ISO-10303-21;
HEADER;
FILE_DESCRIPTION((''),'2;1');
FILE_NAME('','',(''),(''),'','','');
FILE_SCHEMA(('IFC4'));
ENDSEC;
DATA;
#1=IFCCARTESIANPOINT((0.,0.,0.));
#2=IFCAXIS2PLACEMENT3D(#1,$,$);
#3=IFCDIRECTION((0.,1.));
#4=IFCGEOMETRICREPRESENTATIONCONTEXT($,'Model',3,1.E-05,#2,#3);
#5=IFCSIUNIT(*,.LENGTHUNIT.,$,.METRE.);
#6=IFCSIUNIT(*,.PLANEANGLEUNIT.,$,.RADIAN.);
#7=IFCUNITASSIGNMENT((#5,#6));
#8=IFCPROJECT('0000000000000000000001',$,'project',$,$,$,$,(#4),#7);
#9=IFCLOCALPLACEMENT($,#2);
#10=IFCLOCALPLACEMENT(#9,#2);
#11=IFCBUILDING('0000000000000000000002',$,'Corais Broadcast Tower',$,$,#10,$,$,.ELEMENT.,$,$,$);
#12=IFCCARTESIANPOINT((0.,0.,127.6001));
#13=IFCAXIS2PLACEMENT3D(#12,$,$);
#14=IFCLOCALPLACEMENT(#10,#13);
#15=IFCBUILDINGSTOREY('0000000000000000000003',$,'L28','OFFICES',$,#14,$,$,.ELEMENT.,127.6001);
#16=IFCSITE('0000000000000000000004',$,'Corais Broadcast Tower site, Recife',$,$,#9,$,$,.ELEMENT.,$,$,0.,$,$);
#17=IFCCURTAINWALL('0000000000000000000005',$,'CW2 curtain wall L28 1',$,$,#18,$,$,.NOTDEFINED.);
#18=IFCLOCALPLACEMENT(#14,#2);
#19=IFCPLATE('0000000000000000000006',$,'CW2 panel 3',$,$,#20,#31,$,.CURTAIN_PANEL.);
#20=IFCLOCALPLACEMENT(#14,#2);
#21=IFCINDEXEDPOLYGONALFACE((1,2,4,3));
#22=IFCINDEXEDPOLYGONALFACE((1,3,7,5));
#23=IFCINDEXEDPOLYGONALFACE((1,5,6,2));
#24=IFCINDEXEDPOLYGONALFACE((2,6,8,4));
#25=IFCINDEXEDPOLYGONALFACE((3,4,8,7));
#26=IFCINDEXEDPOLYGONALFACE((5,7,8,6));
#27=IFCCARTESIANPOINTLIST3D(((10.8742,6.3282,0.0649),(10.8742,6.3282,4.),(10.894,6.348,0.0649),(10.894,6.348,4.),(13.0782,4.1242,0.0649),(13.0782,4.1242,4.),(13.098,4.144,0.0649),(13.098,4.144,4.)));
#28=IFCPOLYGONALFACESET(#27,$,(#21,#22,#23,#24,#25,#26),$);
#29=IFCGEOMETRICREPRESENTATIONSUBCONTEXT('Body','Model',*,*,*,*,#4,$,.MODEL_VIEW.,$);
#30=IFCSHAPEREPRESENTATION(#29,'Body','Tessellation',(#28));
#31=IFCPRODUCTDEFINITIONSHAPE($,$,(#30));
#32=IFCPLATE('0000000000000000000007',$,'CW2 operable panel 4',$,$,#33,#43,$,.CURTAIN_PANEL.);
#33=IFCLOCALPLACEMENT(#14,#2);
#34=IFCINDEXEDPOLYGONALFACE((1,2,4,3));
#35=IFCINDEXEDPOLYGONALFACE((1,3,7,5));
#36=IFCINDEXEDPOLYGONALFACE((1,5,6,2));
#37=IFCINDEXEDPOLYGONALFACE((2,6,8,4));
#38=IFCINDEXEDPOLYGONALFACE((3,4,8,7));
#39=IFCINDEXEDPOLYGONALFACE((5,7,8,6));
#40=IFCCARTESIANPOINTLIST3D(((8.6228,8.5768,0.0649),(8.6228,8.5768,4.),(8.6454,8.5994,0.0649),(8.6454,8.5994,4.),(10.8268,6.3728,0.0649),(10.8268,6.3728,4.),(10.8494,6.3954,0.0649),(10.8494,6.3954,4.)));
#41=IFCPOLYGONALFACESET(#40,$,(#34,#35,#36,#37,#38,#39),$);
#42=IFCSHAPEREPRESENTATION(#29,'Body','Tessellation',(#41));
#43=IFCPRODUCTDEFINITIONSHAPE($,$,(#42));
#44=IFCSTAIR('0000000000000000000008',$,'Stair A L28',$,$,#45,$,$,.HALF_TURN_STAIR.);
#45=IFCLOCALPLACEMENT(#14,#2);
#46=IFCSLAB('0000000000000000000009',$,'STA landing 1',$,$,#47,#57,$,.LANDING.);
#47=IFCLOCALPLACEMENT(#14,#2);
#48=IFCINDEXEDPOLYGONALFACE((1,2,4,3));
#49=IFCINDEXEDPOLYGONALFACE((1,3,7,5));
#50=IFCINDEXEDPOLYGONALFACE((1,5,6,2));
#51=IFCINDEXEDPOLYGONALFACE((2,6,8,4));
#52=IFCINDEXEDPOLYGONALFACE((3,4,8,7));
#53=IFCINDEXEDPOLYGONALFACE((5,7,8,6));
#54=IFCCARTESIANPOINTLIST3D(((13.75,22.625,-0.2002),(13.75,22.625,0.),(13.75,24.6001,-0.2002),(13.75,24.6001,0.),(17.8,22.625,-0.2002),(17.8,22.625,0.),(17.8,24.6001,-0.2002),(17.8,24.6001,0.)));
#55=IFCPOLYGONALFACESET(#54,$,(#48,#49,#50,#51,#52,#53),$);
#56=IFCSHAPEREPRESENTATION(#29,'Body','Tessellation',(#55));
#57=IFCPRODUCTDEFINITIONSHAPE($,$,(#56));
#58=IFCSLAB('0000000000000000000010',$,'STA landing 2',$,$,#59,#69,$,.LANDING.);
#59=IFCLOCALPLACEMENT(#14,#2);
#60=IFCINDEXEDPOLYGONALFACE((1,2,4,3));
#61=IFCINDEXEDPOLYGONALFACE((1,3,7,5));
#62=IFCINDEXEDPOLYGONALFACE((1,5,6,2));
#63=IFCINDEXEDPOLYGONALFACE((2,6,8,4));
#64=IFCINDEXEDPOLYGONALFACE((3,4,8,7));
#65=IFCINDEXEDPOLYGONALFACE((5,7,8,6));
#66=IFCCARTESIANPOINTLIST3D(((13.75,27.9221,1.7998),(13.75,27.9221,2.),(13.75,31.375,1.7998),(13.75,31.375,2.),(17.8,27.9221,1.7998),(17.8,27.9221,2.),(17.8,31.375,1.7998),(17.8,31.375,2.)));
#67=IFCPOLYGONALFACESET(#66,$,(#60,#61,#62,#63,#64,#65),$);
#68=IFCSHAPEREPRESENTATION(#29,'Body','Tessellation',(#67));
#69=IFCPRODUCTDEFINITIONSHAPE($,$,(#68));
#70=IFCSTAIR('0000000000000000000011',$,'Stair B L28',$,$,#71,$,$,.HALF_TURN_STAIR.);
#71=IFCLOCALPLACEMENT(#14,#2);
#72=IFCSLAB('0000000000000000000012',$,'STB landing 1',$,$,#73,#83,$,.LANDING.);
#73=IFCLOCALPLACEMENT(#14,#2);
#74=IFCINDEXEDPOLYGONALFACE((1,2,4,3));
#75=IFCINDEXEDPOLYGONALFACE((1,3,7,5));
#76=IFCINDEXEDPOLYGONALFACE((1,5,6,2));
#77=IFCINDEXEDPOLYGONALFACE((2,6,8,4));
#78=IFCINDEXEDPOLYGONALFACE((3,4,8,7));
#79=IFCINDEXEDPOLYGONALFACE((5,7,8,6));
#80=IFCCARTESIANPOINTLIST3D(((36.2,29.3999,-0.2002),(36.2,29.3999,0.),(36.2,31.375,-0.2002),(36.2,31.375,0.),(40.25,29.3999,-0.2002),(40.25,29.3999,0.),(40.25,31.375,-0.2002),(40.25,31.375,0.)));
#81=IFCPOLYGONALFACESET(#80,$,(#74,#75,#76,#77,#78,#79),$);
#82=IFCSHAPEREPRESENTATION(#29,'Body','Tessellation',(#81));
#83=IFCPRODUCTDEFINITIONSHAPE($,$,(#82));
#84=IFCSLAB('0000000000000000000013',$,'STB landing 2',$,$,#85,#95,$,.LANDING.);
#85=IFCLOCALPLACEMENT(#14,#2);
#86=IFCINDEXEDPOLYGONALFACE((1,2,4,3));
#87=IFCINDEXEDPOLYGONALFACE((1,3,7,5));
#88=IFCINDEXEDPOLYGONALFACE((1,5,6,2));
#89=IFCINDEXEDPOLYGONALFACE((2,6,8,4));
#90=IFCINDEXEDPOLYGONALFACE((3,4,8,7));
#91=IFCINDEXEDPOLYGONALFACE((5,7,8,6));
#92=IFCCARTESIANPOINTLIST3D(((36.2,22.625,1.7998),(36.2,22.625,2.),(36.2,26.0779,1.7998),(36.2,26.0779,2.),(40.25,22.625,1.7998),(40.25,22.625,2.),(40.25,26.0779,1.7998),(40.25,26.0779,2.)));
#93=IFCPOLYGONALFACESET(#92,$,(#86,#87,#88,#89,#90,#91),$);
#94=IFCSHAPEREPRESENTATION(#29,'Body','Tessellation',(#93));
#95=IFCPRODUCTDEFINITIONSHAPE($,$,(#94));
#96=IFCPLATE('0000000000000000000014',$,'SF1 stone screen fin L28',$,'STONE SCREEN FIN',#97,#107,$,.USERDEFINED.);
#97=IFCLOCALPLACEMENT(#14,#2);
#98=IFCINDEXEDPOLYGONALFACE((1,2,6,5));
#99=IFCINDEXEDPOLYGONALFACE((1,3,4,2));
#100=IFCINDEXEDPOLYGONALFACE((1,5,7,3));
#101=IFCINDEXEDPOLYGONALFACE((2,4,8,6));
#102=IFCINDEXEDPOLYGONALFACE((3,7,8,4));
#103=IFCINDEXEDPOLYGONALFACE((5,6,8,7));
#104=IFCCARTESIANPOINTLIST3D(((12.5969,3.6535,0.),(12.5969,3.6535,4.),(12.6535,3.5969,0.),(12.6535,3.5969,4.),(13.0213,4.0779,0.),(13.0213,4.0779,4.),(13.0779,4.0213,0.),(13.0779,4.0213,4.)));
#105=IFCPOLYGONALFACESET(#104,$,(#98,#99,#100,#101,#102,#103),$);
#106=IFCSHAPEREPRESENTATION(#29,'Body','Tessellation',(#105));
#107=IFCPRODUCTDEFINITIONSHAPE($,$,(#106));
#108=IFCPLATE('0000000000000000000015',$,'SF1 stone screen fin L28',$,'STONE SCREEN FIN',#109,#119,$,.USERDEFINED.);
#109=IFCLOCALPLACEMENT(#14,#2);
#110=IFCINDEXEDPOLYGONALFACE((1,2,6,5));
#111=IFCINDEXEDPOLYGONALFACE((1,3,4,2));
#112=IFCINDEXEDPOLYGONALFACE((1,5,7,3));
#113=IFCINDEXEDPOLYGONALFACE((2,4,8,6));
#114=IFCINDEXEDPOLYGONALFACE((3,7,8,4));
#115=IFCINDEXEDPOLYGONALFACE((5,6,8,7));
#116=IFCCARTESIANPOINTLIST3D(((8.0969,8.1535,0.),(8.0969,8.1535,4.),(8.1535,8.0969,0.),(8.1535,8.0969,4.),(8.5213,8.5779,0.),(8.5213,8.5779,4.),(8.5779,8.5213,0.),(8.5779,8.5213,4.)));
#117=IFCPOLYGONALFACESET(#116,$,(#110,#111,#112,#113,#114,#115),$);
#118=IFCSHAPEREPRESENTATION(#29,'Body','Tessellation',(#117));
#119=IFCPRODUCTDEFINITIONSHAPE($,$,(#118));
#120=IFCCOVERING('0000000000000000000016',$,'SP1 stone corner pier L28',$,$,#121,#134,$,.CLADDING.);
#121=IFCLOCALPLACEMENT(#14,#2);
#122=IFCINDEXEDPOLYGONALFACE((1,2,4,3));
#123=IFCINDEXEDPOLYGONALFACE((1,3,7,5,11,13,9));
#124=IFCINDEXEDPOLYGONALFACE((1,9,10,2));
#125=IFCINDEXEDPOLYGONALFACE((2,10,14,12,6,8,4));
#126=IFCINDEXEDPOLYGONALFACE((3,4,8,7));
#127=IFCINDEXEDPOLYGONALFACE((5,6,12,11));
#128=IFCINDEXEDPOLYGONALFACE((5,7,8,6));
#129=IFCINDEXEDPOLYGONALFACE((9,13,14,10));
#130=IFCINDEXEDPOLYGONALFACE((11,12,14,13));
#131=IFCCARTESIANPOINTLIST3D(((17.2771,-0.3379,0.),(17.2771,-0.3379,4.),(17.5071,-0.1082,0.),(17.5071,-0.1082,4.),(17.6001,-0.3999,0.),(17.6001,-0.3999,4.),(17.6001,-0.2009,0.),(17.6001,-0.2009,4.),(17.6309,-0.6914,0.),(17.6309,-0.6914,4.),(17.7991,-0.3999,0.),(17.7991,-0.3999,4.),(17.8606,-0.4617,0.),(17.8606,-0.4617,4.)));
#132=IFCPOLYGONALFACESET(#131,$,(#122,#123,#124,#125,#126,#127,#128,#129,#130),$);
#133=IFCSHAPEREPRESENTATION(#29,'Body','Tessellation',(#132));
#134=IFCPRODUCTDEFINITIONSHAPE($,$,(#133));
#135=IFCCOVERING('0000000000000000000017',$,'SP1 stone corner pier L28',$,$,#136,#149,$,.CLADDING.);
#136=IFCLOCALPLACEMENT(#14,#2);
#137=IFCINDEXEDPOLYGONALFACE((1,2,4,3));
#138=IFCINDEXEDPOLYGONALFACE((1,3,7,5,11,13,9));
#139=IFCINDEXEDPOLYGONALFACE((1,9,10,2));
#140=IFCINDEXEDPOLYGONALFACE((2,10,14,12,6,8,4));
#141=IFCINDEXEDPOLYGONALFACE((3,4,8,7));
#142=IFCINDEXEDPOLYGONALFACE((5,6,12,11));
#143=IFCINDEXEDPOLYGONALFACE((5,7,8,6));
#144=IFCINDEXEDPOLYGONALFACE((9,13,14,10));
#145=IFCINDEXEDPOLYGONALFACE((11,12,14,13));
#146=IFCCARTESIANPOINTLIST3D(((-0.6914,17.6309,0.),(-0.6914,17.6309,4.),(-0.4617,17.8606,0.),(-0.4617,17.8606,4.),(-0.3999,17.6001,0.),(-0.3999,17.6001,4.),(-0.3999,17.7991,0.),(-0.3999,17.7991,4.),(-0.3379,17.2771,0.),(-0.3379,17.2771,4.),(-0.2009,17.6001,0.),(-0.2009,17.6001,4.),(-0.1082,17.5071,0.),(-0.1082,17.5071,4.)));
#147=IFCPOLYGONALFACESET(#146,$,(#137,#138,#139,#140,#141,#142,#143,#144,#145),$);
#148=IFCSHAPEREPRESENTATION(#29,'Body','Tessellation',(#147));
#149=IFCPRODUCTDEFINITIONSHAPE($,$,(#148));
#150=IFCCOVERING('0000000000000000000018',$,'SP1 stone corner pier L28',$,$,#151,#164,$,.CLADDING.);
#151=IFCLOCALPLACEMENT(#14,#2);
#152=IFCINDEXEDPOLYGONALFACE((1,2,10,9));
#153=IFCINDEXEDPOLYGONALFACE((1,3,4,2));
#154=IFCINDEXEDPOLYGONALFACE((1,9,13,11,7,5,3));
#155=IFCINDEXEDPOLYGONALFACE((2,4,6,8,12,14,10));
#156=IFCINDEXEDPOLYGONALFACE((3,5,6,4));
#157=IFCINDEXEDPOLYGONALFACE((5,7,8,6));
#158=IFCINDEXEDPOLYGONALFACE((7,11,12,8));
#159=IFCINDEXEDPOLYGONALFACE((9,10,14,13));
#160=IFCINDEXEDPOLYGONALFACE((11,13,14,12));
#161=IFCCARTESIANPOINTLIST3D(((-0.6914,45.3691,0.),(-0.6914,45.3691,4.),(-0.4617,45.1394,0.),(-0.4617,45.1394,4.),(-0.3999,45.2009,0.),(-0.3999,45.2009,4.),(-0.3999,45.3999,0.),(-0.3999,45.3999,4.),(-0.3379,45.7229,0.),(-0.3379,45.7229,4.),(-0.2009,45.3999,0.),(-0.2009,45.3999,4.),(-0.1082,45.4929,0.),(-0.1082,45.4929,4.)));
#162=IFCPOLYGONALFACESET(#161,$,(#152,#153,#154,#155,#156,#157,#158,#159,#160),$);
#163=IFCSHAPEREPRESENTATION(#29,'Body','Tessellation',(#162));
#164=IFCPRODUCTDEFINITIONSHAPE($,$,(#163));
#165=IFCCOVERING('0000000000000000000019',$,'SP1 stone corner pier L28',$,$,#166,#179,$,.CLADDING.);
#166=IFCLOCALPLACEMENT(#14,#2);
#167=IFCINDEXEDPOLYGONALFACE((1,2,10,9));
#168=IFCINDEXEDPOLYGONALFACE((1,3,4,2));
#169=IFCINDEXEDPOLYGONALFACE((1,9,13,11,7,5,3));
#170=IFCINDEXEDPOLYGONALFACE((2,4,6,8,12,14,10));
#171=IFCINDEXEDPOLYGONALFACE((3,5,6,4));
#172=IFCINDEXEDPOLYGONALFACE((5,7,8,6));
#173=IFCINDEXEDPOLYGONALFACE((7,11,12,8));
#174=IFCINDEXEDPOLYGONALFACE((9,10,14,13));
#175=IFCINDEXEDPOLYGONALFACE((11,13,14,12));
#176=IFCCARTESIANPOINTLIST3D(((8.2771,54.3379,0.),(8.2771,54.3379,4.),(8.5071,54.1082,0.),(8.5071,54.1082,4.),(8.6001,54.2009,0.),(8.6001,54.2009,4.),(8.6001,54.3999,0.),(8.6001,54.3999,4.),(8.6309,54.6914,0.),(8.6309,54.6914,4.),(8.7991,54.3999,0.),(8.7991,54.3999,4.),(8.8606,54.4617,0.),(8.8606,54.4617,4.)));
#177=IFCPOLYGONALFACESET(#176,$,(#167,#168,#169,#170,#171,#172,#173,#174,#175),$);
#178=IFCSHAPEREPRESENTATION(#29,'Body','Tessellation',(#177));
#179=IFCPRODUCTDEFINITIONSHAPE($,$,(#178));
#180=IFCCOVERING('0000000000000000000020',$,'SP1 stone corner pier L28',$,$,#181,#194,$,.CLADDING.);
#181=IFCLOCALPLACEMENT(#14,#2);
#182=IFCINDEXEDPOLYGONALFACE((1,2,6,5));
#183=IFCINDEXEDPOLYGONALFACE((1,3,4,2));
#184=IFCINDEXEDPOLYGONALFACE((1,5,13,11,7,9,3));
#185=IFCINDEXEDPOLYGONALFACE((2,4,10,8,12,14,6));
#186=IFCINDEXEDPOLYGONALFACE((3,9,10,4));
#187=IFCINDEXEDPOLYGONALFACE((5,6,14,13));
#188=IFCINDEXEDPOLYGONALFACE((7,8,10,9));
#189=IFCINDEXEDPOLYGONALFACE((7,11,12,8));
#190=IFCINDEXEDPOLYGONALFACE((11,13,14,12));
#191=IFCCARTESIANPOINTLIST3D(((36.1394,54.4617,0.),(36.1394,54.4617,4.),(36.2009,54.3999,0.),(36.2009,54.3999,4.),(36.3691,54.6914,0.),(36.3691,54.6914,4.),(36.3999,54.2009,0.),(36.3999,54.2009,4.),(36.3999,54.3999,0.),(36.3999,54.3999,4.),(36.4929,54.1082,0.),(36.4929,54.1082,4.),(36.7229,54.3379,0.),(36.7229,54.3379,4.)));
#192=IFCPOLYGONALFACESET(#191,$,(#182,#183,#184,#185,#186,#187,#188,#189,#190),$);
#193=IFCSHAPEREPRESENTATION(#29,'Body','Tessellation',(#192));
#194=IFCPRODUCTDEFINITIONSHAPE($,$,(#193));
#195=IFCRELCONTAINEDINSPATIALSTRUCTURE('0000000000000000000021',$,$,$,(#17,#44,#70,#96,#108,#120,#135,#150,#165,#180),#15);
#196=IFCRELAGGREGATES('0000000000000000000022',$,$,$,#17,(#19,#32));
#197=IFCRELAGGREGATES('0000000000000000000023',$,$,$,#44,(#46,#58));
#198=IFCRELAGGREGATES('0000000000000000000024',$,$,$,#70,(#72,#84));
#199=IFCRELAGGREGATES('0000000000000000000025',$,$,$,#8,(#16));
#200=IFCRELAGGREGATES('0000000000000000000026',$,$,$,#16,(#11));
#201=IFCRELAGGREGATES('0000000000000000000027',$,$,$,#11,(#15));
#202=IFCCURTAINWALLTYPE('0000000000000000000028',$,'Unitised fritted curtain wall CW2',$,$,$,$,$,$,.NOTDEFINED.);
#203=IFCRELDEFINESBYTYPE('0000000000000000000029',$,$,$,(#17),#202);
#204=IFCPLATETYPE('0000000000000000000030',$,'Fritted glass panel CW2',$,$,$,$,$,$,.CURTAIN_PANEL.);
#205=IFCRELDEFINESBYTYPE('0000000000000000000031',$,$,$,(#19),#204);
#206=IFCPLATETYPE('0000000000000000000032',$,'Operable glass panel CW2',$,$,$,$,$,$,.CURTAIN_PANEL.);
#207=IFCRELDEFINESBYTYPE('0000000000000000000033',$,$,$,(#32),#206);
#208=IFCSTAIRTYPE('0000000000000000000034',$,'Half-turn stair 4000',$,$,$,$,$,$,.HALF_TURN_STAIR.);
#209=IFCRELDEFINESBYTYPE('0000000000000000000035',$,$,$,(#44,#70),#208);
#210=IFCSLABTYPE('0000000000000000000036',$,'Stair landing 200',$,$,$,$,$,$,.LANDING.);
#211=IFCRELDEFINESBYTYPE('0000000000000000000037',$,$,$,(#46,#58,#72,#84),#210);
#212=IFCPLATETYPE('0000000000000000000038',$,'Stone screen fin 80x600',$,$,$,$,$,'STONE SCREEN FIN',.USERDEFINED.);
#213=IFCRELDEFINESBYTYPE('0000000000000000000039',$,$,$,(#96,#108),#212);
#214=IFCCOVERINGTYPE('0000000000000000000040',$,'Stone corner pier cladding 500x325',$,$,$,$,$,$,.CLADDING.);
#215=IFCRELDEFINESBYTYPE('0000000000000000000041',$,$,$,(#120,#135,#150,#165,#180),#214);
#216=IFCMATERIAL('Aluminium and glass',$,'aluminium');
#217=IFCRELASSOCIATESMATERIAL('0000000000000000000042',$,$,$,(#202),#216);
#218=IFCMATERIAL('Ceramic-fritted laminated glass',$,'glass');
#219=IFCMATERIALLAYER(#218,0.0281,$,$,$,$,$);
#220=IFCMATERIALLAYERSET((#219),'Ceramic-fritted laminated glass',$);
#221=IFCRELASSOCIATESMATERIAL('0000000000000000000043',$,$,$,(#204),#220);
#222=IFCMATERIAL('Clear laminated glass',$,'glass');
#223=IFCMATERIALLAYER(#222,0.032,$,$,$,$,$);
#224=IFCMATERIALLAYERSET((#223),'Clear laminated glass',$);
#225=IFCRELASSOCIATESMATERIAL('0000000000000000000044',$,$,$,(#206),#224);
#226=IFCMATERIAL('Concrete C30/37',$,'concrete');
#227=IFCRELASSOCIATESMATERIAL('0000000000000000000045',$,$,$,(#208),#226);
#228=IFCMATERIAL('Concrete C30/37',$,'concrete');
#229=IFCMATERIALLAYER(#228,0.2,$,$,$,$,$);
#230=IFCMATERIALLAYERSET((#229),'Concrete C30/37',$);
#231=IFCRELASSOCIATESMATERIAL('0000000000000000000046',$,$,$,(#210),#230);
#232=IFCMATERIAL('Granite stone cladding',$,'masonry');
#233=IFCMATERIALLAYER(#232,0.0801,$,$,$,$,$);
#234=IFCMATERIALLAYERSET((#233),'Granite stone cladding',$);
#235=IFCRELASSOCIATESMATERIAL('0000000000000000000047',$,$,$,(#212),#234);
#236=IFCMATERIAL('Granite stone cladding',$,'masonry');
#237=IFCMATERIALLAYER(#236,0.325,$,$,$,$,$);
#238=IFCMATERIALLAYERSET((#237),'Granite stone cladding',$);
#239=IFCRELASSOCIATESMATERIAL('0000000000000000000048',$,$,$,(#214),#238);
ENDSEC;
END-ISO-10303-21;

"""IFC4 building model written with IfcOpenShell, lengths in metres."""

from ifc_helpers import new_model, si_unit, direction, frame, origin, origin_2d, place, context, subcontext, project, spatial, polyline, rectangle, outline, extrude, material, layer, layer_set, type_object, element, aggregate, save


model = new_model("IFC4")

# Units and contexts
model_context = context("Model", 3, precision=1e-05, world=origin(), true_north=direction((0.0, 1.0)))
body_context = subcontext(model_context, "Body", "Model", "MODEL_VIEW")
ifc_project = project(units=[si_unit("LENGTHUNIT", "METRE"), si_unit("PLANEANGLEUNIT", "RADIAN")], contexts=[model_context])

# Site, building, storey
site_placement = place(None, origin())
site = spatial("IfcSite", under=ifc_project, at=site_placement, Name="Corais Broadcast Tower site, Recife", CompositionType="ELEMENT", RefElevation=0.0)
building_placement = place(site_placement, origin())
building = spatial("IfcBuilding", under=site, at=building_placement, Name="Corais Broadcast Tower", CompositionType="ELEMENT")
storey_placement = place(building_placement, frame((0.0, 0.0, 127.6001)))
storey = spatial("IfcBuildingStorey", under=building, at=storey_placement, Name="L28", Description="OFFICES", CompositionType="ELEMENT", Elevation=127.6001)

# Curtain wall
ifc_material_1 = material(Name="Aluminium and glass", Category="aluminium")
curtain_wall_type = type_object("IfcCurtainWallType", Name="Unitised fritted curtain wall CW2", PredefinedType="NOTDEFINED", material=ifc_material_1)
curtain_wall_placement = place(storey_placement, origin())
curtain_wall = element("IfcCurtainWall", 1, at=curtain_wall_placement, inside=storey, type_object=curtain_wall_type, Name="CW2 curtain wall L28 1", PredefinedType="NOTDEFINED")

# Plates
ifc_material_2 = material(Name="Ceramic-fritted laminated glass", Category="glass")
ifc_layer_1 = layer(ifc_material_2, 0.0281)
ifc_layer_set_1 = layer_set([ifc_layer_1], Name="Ceramic-fritted laminated glass")
plate_type_1 = type_object("IfcPlateType", Name="Fritted glass panel CW2", PredefinedType="CURTAIN_PANEL", material=ifc_layer_set_1)
plate_1_placement = place(storey_placement, frame((11.9861, 5.2361, 0.0649), z_axis=(0.0, 0.0, 1.0), x_axis=(-0.707107, 0.707107, 0.0)))
plate_1 = element("IfcPlate", 2, at=plate_1_placement, type_object=plate_type_1, Name="CW2 panel 3", PredefinedType="CURTAIN_PANEL", context=body_context, shape_type="SweptSolid", body=[
    extrude(rectangle(XDim=3.1169, YDim=0.0281, at=origin_2d()), origin(), (0.0, 0.0, 1.0), 3.9351),
])
ifc_material_3 = material(Name="Clear laminated glass", Category="glass")
ifc_layer_2 = layer(ifc_material_3, 0.032)
ifc_layer_set_2 = layer_set([ifc_layer_2], Name="Clear laminated glass")
plate_type_2 = type_object("IfcPlateType", Name="Operable glass panel CW2", PredefinedType="CURTAIN_PANEL", material=ifc_layer_set_2)
plate_2_placement = place(storey_placement, frame((9.7361, 7.4861, 0.0649), z_axis=(0.0, 0.0, 1.0), x_axis=(-0.707107, 0.707107, 0.0)))
plate_2 = element("IfcPlate", 3, at=plate_2_placement, type_object=plate_type_2, Name="CW2 operable panel 4", PredefinedType="CURTAIN_PANEL", context=body_context, shape_type="SweptSolid", body=[
    extrude(rectangle(XDim=3.1169, YDim=0.032, at=origin_2d()), origin(), (0.0, 0.0, 1.0), 3.9351),
])
aggregate(curtain_wall, [plate_1, plate_2])

# Stairs, slabs
ifc_material_4 = material(Name="Concrete C30/37", Category="concrete")
stair_type = type_object("IfcStairType", Name="Half-turn stair 4000", PredefinedType="HALF_TURN_STAIR", material=ifc_material_4)
stair_1_placement = place(storey_placement, origin())
stair_1 = element("IfcStair", 4, at=stair_1_placement, inside=storey, type_object=stair_type, Name="Stair A L28", PredefinedType="HALF_TURN_STAIR")
ifc_material_5 = material(Name="Concrete C30/37", Category="concrete")
ifc_layer_3 = layer(ifc_material_5, 0.2)
ifc_layer_set_3 = layer_set([ifc_layer_3], Name="Concrete C30/37")
slab_type_1 = type_object("IfcSlabType", Name="Stair landing 200", PredefinedType="LANDING", material=ifc_layer_set_3)
slab_1_placement = place(storey_placement, frame((0.0, 0.0, -0.2002)))
slab_1 = element("IfcSlab", 5, at=slab_1_placement, type_object=slab_type_1, Name="STA landing 1", PredefinedType="LANDING", context=body_context, shape_type="SweptSolid", body=[
    extrude(outline(polyline([(13.75, 22.625), (17.8, 22.625), (17.8, 24.6001), (13.75, 24.6001), (13.75, 22.625)])), origin(), (0.0, 0.0, 1.0), 0.2002),
])
slab_2_placement = place(storey_placement, frame((0.0, 0.0, 1.7998)))
slab_2 = element("IfcSlab", 6, at=slab_2_placement, type_object=slab_type_1, Name="STA landing 2", PredefinedType="LANDING", context=body_context, shape_type="SweptSolid", body=[
    extrude(outline(polyline([(13.75, 27.9221), (17.8, 27.9221), (17.8, 31.375), (13.75, 31.375), (13.75, 27.9221)])), origin(), (0.0, 0.0, 1.0), 0.2002),
])
aggregate(stair_1, [slab_1, slab_2])
stair_2_placement = place(storey_placement, origin())
stair_2 = element("IfcStair", 7, at=stair_2_placement, inside=storey, type_object=stair_type, Name="Stair B L28", PredefinedType="HALF_TURN_STAIR")
slab_3_placement = place(storey_placement, frame((0.0, 0.0, -0.2002)))
slab_3 = element("IfcSlab", 8, at=slab_3_placement, type_object=slab_type_1, Name="STB landing 1", PredefinedType="LANDING", context=body_context, shape_type="SweptSolid", body=[
    extrude(outline(polyline([(36.2, 29.3999), (40.25, 29.3999), (40.25, 31.375), (36.2, 31.375), (36.2, 29.3999)])), origin(), (0.0, 0.0, 1.0), 0.2002),
])
slab_4_placement = place(storey_placement, frame((0.0, 0.0, 1.7998)))
slab_4 = element("IfcSlab", 9, at=slab_4_placement, type_object=slab_type_1, Name="STB landing 2", PredefinedType="LANDING", context=body_context, shape_type="SweptSolid", body=[
    extrude(outline(polyline([(36.2, 22.625), (40.25, 22.625), (40.25, 26.0779), (36.2, 26.0779), (36.2, 22.625)])), origin(), (0.0, 0.0, 1.0), 0.2002),
])
aggregate(stair_2, [slab_3, slab_4])

# Plates
ifc_material_6 = material(Name="Granite stone cladding", Category="masonry")
ifc_layer_4 = layer(ifc_material_6, 0.0801)
ifc_layer_set_4 = layer_set([ifc_layer_4], Name="Granite stone cladding")
plate_type_3 = type_object("IfcPlateType", Name="Stone screen fin 80x600", ElementType="STONE SCREEN FIN", PredefinedType="USERDEFINED", material=ifc_layer_set_4)
for number, where, z_axis, x_axis, name in (
    (10, (12.8374, 3.8374, 0.0), (0.0, 0.0, 1.0), (-0.707107, 0.707107, 0.0), "SF1 stone screen fin L28"),
    (11, (8.3374, 8.3374, 0.0), (0.0, 0.0, 1.0), (-0.707107, 0.707107, 0.0), "SF1 stone screen fin L28"),
):
    element("IfcPlate", number, at=place(storey_placement, frame(where, z_axis=z_axis, x_axis=x_axis)), inside=storey, type_object=plate_type_3, Name=name, ObjectType="STONE SCREEN FIN", PredefinedType="USERDEFINED", context=body_context, shape_type="SweptSolid", body=[
        extrude(rectangle(XDim=0.0801, YDim=0.6001, at=origin_2d()), origin(), (0.0, 0.0, 1.0), 4.0),
    ])

# Coverings
ifc_material_7 = material(Name="Granite stone cladding", Category="masonry")
ifc_layer_5 = layer(ifc_material_7, 0.325)
ifc_layer_set_5 = layer_set([ifc_layer_5], Name="Granite stone cladding")
covering_type_1 = type_object("IfcCoveringType", Name="Stone corner pier cladding 500x325", PredefinedType="CLADDING", material=ifc_layer_set_5)
covering_1_placement = place(storey_placement, origin())
element("IfcCovering", 12, at=covering_1_placement, inside=storey, type_object=covering_type_1, Name="SP1 stone corner pier L28", PredefinedType="CLADDING", context=body_context, shape_type="SweptSolid", body=[
    extrude(outline(polyline([(17.8606, -0.4617), (17.7991, -0.3999), (17.6001, -0.3999), (17.6001, -0.2009), (17.5071, -0.1082), (17.2771, -0.3379), (17.6309, -0.6914), (17.8606, -0.4617)])), origin(), (0.0, 0.0, 1.0), 4.0),
])
covering_2_placement = place(storey_placement, origin())
element("IfcCovering", 13, at=covering_2_placement, inside=storey, type_object=covering_type_1, Name="SP1 stone corner pier L28", PredefinedType="CLADDING", context=body_context, shape_type="SweptSolid", body=[
    extrude(outline(polyline([(-0.3999, 17.7991), (-0.4617, 17.8606), (-0.6914, 17.6309), (-0.3379, 17.2771), (-0.1082, 17.5071), (-0.2009, 17.6001), (-0.3999, 17.6001), (-0.3999, 17.7991)])), origin(), (0.0, 0.0, 1.0), 4.0),
])
covering_3_placement = place(storey_placement, origin())
element("IfcCovering", 14, at=covering_3_placement, inside=storey, type_object=covering_type_1, Name="SP1 stone corner pier L28", PredefinedType="CLADDING", context=body_context, shape_type="SweptSolid", body=[
    extrude(outline(polyline([(-0.4617, 45.1394), (-0.3999, 45.2009), (-0.3999, 45.3999), (-0.2009, 45.3999), (-0.1082, 45.4929), (-0.3379, 45.7229), (-0.6914, 45.3691), (-0.4617, 45.1394)])), origin(), (0.0, 0.0, 1.0), 4.0),
])
covering_4_placement = place(storey_placement, origin())
element("IfcCovering", 15, at=covering_4_placement, inside=storey, type_object=covering_type_1, Name="SP1 stone corner pier L28", PredefinedType="CLADDING", context=body_context, shape_type="SweptSolid", body=[
    extrude(outline(polyline([(8.7991, 54.3999), (8.8606, 54.4617), (8.6309, 54.6914), (8.2771, 54.3379), (8.5071, 54.1082), (8.6001, 54.2009), (8.6001, 54.3999), (8.7991, 54.3999)])), origin(), (0.0, 0.0, 1.0), 4.0),
])
covering_5_placement = place(storey_placement, origin())
element("IfcCovering", 16, at=covering_5_placement, inside=storey, type_object=covering_type_1, Name="SP1 stone corner pier L28", PredefinedType="CLADDING", context=body_context, shape_type="SweptSolid", body=[
    extrude(outline(polyline([(36.1394, 54.4617), (36.2009, 54.3999), (36.3999, 54.3999), (36.3999, 54.2009), (36.4929, 54.1082), (36.7229, 54.3379), (36.3691, 54.6914), (36.1394, 54.4617)])), origin(), (0.0, 0.0, 1.0), 4.0),
])

save(model, "model.ifc")
